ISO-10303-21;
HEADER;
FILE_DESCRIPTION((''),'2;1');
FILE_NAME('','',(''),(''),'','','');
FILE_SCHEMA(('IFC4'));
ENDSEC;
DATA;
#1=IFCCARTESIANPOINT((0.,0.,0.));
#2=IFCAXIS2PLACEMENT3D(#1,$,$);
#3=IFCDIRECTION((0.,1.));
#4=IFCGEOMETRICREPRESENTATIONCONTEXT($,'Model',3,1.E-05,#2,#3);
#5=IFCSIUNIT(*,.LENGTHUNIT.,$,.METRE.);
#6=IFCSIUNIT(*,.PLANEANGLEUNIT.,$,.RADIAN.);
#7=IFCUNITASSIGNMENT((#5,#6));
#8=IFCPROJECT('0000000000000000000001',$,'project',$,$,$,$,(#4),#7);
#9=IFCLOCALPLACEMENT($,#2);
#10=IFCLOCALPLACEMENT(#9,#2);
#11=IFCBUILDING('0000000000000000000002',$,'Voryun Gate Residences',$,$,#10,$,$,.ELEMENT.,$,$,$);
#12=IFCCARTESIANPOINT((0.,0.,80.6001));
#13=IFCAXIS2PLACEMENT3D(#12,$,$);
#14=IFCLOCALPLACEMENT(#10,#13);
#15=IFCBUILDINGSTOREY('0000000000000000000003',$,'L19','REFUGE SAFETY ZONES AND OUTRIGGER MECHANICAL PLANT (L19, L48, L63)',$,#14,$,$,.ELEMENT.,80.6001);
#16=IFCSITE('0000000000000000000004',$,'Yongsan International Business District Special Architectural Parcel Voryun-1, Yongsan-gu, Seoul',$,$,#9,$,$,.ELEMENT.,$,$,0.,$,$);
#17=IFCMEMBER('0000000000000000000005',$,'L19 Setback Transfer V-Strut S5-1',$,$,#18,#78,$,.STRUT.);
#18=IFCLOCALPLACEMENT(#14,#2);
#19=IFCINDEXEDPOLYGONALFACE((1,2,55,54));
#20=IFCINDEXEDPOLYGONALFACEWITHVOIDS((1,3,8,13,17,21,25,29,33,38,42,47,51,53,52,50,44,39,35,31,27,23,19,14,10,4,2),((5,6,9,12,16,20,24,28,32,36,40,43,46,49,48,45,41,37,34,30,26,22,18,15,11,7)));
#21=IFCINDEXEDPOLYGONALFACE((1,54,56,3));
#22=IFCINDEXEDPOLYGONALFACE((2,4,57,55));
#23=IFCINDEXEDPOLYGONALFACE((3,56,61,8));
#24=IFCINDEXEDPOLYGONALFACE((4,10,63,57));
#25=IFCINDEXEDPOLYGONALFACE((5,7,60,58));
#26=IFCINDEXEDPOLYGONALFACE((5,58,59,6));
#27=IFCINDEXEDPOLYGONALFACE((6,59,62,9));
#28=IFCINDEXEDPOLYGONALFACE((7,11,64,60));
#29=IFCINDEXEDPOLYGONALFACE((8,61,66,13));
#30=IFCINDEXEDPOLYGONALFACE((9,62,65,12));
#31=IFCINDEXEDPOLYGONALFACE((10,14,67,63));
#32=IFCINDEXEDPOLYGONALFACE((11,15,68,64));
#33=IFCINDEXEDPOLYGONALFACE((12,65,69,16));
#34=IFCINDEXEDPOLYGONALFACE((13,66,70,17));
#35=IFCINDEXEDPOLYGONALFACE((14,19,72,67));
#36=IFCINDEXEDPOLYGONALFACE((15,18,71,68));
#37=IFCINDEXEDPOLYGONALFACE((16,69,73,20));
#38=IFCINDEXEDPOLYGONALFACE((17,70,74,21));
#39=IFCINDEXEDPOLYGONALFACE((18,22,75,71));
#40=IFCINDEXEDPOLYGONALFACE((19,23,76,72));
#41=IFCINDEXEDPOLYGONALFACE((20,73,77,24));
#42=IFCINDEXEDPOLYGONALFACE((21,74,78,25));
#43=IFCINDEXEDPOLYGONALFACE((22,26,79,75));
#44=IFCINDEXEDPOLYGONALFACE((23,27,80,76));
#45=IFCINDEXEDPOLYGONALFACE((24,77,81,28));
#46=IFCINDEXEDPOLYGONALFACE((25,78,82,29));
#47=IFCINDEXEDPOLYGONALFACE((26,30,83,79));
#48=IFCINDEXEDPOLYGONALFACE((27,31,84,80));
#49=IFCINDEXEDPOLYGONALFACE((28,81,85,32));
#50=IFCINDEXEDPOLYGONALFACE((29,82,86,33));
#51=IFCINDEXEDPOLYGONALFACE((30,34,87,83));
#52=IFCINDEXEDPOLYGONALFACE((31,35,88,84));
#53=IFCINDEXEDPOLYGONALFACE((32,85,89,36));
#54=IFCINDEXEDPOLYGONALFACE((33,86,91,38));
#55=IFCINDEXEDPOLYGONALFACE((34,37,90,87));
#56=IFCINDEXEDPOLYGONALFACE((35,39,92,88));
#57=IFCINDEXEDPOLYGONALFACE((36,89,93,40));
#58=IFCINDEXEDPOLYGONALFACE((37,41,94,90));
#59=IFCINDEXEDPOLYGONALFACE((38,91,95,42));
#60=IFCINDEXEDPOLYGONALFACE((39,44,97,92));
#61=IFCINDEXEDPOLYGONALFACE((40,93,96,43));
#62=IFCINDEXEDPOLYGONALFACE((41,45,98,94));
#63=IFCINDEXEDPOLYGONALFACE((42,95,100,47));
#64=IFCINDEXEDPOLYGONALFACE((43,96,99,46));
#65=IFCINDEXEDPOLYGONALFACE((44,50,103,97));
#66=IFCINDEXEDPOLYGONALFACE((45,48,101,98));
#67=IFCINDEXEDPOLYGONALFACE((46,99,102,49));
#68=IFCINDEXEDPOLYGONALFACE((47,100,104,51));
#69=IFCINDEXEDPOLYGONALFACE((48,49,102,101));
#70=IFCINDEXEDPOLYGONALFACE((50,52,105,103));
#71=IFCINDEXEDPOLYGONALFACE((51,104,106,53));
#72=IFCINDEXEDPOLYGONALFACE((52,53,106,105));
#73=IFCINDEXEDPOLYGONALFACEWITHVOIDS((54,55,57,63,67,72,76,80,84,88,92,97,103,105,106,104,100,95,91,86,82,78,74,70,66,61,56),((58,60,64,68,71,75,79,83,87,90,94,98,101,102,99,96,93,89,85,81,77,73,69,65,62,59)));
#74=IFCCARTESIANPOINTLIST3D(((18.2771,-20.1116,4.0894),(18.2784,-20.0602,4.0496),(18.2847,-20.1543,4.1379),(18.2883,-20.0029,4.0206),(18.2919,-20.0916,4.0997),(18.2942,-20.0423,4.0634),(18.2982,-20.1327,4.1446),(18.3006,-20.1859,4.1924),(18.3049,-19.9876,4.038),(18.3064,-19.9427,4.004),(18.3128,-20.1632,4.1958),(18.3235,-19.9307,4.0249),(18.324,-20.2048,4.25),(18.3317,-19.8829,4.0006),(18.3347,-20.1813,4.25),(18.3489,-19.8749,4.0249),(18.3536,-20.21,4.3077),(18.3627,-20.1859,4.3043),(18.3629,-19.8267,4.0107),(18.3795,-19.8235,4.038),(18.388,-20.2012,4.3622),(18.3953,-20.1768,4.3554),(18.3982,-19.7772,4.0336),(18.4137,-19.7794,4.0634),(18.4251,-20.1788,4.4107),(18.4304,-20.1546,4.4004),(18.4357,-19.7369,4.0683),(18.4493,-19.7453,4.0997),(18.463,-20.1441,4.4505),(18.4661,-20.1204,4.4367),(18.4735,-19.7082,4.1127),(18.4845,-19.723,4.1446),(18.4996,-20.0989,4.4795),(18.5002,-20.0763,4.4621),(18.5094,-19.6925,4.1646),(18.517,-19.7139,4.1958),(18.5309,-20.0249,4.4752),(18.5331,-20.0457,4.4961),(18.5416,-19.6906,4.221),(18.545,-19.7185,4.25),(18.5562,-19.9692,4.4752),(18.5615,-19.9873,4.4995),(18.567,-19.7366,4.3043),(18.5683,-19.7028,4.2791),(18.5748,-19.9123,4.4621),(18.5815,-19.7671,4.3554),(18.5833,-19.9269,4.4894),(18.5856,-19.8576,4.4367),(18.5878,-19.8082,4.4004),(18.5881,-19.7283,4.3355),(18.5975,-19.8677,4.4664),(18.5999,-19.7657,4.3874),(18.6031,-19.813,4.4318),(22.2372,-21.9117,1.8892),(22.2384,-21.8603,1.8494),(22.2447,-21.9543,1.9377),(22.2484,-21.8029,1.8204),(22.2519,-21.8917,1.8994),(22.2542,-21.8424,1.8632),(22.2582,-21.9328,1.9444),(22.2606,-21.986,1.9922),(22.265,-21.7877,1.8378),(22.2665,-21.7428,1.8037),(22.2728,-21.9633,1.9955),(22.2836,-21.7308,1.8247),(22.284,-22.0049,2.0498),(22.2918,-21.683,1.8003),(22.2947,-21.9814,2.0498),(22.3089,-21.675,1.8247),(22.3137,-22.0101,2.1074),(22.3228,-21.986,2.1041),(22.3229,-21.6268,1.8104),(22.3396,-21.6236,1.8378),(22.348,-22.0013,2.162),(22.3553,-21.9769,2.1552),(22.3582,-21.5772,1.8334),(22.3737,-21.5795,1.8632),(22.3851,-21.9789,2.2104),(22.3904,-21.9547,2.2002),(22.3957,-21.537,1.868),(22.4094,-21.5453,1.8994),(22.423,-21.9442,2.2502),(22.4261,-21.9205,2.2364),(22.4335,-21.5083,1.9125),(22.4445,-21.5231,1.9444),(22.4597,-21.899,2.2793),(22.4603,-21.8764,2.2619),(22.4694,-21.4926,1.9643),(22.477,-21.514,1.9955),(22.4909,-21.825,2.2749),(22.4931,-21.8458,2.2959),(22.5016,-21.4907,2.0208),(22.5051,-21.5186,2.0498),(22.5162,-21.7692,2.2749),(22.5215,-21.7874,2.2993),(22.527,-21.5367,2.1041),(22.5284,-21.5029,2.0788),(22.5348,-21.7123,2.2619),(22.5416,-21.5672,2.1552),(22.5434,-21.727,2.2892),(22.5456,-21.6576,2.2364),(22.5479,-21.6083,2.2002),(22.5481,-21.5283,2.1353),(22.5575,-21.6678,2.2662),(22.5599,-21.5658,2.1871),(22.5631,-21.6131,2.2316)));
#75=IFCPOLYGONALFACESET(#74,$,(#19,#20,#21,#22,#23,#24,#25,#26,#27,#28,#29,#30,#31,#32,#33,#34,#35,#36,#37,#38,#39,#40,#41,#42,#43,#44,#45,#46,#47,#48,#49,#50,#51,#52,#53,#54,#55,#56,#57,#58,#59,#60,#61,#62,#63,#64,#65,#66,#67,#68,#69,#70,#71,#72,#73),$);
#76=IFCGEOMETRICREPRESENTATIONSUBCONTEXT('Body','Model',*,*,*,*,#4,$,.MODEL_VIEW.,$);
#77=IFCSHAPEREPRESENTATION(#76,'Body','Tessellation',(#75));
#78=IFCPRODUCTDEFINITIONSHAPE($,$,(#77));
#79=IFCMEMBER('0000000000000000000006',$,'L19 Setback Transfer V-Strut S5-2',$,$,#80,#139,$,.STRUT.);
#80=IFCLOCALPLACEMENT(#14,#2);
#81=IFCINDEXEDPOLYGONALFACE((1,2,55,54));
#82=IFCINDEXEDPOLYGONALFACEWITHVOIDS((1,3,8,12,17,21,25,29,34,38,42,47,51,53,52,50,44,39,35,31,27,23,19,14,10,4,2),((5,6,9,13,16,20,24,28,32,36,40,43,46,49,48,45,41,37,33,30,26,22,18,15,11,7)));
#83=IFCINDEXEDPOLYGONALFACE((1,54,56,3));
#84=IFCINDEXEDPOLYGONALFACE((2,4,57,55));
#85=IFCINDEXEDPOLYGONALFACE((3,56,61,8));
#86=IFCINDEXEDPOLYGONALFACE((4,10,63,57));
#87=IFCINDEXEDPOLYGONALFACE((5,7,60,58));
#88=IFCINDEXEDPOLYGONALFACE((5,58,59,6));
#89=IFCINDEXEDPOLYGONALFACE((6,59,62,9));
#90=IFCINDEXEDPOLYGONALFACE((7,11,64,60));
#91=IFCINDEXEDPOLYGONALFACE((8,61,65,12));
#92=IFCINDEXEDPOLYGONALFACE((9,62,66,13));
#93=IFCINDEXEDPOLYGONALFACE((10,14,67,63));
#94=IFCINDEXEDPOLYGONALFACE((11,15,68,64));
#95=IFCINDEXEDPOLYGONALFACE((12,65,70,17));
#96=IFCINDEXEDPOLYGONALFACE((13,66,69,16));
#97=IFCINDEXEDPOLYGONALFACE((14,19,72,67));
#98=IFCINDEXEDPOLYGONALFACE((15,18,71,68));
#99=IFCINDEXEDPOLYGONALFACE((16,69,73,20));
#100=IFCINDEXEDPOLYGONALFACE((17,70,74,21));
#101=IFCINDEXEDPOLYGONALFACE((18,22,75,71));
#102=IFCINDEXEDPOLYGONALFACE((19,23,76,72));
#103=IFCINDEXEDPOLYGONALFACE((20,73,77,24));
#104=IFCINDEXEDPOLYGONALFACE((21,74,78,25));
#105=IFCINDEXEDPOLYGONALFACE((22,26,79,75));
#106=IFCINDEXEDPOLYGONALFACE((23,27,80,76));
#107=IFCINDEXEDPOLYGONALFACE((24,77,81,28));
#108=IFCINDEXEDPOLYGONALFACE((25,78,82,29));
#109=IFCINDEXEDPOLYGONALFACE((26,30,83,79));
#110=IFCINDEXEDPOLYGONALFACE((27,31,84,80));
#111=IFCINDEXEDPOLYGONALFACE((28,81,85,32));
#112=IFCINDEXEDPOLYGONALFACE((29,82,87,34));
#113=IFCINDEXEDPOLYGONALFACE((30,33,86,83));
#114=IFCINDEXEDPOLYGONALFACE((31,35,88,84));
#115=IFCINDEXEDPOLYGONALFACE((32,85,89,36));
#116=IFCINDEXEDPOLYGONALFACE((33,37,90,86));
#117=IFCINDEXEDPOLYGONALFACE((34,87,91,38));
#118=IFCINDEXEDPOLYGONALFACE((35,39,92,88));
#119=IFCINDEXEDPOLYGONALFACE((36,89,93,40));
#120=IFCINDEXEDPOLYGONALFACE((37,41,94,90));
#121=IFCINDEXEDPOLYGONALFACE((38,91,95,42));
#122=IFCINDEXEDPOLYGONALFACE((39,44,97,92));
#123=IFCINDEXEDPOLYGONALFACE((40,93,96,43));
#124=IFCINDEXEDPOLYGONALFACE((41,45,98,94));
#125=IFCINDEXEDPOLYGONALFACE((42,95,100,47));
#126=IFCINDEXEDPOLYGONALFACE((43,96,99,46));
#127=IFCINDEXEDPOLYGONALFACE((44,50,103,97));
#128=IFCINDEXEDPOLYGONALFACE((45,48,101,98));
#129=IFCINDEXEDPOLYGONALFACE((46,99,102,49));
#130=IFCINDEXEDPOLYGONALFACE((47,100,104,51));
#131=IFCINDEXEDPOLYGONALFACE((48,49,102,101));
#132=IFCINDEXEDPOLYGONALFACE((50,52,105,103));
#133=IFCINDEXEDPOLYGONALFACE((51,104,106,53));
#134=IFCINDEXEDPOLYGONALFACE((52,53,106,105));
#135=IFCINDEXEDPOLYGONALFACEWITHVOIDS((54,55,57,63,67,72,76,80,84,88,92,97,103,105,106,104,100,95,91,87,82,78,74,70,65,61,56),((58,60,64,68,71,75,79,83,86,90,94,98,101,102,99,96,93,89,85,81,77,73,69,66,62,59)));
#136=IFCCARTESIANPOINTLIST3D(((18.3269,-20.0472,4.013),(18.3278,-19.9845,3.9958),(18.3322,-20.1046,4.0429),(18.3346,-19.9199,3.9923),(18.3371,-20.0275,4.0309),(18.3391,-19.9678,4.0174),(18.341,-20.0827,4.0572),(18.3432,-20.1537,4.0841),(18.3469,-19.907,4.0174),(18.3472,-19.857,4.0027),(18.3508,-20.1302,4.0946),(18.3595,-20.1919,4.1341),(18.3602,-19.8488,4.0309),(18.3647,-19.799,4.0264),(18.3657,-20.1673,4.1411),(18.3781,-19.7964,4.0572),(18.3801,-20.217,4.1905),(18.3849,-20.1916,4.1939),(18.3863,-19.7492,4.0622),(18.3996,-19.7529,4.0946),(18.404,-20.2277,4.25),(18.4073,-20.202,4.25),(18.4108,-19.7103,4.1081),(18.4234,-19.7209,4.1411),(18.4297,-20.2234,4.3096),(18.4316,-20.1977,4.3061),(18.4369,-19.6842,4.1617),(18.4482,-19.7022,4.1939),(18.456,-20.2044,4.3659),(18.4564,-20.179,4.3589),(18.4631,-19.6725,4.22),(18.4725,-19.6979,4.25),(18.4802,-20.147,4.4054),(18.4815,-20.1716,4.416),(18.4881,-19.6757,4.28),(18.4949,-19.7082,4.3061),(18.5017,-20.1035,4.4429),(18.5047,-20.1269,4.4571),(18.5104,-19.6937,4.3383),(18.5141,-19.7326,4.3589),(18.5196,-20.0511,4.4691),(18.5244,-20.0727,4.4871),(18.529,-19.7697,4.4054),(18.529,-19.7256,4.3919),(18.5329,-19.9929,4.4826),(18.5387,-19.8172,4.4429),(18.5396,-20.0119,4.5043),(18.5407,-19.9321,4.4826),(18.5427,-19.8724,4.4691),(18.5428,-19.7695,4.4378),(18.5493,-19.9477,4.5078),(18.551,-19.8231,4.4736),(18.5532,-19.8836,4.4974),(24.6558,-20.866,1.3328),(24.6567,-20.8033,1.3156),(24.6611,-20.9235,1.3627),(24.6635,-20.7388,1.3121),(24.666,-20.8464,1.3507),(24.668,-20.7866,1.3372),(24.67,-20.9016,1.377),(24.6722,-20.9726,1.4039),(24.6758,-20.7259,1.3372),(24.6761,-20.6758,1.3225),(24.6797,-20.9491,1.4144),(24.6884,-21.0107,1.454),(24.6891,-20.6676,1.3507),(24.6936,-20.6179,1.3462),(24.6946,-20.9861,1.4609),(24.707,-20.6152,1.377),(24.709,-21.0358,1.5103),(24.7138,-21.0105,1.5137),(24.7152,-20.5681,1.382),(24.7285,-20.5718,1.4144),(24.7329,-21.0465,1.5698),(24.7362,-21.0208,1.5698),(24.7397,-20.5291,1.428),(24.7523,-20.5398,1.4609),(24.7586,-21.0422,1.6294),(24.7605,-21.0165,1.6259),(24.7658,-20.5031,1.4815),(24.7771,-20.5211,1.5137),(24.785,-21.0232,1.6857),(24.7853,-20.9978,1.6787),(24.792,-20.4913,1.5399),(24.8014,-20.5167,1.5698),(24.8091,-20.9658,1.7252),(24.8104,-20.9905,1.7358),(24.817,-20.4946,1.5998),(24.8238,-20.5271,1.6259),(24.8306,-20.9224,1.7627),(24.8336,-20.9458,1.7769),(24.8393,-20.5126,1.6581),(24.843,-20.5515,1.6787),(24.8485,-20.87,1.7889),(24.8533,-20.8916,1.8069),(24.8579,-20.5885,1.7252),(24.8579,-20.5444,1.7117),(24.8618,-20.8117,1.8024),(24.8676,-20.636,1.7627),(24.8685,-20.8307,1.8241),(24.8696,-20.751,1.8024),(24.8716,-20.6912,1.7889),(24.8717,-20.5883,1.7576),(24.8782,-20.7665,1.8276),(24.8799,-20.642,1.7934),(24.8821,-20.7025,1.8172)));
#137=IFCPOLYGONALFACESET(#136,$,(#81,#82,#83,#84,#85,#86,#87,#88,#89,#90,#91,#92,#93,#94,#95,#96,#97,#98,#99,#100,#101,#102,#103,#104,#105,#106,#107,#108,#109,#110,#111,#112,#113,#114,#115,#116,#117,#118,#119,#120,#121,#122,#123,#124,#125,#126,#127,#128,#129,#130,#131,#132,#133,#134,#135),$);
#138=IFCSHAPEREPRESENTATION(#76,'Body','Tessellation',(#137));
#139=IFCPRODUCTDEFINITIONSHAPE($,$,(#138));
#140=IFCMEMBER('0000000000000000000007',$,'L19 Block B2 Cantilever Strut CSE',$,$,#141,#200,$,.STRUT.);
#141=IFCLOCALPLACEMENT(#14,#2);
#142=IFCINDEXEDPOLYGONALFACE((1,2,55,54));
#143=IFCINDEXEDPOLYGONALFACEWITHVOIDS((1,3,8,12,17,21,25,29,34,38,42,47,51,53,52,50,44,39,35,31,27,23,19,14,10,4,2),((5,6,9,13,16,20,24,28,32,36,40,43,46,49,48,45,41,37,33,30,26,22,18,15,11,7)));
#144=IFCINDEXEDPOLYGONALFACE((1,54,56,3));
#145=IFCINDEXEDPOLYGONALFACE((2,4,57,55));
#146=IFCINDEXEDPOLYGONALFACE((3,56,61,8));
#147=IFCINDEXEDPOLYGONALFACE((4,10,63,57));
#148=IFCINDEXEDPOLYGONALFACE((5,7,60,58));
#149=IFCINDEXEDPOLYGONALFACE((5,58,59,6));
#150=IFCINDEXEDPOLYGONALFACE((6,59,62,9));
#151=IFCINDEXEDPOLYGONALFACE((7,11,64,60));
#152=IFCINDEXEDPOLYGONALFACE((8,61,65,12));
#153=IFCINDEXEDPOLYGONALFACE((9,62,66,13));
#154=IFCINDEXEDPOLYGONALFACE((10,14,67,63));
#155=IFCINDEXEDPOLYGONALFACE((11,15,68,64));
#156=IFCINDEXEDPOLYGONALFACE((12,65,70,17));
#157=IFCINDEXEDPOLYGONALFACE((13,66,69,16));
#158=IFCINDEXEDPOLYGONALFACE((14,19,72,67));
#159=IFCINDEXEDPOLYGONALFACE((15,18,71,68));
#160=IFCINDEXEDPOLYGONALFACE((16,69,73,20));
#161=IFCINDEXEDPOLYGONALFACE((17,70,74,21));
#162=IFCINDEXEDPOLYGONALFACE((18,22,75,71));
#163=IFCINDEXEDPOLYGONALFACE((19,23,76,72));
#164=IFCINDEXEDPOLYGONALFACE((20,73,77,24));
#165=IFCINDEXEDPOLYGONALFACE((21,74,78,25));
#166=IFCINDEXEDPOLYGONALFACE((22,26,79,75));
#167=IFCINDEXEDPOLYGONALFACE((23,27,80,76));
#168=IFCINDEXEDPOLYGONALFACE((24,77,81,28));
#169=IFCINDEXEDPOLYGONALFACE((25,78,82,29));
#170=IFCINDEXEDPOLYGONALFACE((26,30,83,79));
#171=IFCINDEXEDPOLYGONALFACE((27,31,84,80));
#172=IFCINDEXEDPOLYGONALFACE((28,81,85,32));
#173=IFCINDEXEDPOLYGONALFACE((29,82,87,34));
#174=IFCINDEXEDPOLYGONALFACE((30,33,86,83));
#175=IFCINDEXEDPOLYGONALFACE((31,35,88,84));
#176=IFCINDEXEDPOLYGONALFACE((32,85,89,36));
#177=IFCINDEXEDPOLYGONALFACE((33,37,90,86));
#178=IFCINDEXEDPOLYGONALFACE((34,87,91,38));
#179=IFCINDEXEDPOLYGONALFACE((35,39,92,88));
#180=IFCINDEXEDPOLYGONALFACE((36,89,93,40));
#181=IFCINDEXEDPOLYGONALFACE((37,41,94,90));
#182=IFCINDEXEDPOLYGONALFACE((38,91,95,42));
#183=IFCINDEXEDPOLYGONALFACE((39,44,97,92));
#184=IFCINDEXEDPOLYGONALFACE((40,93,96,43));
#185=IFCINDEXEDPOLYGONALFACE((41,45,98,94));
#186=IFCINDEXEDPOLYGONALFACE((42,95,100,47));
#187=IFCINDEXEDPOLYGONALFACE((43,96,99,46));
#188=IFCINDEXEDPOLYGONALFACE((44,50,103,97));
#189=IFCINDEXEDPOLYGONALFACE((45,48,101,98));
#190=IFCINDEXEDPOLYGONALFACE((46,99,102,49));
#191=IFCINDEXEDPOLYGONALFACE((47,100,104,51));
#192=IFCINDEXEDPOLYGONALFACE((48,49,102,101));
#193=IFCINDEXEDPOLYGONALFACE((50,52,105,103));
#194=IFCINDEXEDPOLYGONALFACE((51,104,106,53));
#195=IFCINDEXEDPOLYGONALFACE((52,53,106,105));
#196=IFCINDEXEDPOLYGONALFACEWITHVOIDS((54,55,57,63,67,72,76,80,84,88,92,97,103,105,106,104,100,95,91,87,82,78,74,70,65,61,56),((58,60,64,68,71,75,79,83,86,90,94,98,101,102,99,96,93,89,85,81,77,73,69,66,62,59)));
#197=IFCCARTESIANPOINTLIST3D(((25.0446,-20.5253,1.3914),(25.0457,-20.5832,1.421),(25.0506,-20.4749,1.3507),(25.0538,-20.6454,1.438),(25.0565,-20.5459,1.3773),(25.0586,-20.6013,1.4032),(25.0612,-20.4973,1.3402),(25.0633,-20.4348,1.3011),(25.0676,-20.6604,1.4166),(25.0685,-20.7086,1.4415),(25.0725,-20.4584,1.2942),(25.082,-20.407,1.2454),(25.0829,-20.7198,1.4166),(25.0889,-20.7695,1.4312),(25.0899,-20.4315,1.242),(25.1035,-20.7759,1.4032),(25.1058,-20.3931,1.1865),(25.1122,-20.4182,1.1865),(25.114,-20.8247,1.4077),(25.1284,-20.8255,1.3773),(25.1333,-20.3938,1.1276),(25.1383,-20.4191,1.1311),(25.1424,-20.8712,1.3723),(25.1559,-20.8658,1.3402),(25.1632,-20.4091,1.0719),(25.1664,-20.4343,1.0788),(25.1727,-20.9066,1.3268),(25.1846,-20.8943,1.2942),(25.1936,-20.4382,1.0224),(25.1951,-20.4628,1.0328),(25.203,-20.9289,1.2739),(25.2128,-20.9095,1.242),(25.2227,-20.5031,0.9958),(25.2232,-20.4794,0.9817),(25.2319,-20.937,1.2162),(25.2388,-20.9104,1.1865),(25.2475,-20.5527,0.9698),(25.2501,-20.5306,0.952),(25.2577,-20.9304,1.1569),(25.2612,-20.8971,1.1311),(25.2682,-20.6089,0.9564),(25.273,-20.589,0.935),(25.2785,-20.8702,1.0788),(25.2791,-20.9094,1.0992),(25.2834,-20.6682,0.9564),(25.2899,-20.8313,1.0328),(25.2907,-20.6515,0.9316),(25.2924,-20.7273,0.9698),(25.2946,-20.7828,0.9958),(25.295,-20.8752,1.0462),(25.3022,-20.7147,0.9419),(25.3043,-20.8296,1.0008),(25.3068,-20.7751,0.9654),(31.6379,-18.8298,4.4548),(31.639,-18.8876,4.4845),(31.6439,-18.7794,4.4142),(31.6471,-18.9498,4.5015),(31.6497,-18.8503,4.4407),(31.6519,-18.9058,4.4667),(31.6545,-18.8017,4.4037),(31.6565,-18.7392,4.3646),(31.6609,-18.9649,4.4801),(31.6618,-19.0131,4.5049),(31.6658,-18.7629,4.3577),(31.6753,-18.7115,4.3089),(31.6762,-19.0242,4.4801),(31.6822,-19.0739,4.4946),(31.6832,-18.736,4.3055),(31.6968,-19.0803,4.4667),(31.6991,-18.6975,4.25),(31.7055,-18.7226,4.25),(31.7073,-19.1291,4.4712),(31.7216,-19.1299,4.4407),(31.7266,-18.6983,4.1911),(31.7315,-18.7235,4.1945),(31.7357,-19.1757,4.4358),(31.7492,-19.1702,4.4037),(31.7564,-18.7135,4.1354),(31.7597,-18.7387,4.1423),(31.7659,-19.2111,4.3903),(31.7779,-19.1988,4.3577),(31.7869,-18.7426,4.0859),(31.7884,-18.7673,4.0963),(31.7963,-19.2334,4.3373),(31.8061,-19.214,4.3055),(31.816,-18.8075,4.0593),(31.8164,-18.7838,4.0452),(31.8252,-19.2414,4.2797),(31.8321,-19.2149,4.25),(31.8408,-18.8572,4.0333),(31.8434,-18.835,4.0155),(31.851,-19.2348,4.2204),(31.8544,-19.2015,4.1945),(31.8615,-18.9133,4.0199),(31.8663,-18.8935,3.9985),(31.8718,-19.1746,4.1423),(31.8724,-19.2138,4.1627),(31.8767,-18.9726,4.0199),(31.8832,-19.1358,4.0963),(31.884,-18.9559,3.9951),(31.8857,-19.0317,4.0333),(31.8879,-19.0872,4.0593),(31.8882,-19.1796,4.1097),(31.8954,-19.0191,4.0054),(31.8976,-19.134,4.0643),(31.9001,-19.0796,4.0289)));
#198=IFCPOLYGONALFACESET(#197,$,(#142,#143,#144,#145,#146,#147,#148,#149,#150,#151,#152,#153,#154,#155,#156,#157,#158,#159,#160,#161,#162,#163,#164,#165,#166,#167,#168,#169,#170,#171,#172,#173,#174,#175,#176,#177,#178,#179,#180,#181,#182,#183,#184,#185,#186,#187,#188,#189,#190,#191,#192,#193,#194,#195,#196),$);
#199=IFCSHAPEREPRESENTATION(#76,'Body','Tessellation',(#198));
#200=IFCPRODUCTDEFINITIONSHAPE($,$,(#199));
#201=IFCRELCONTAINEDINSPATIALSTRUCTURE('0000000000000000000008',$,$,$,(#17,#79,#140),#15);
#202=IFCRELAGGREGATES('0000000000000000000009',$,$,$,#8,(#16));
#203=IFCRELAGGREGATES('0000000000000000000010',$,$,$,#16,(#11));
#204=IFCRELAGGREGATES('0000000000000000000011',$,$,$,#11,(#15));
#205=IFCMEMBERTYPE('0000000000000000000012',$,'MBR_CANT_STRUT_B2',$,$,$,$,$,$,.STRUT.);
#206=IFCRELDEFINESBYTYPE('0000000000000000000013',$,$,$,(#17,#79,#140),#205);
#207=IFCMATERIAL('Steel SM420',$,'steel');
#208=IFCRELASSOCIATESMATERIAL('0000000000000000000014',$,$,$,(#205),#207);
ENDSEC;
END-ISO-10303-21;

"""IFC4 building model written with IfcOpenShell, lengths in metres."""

from ifc_helpers import new_model, si_unit, direction, frame, origin, origin_2d, place, context, subcontext, project, spatial, hollow_circle, extrude, material, material_profile, profile_set, type_object, element, save


model = new_model("IFC4")

# Units and contexts
model_context = context("Model", 3, precision=1e-05, world=origin(), true_north=direction((0.0, 1.0)))
body_context = subcontext(model_context, "Body", "Model", "MODEL_VIEW")
ifc_project = project(units=[si_unit("LENGTHUNIT", "METRE"), si_unit("PLANEANGLEUNIT", "RADIAN")], contexts=[model_context])

# Site, building, storey
site_placement = place(None, origin())
site = spatial("IfcSite", under=ifc_project, at=site_placement, Name="Yongsan International Business District Special Architectural Parcel Voryun-1, Yongsan-gu, Seoul", CompositionType="ELEMENT", RefElevation=0.0)
building_placement = place(site_placement, origin())
building = spatial("IfcBuilding", under=site, at=building_placement, Name="Voryun Gate Residences", CompositionType="ELEMENT")
storey_placement = place(building_placement, frame((0.0, 0.0, 80.6001)))
storey = spatial("IfcBuildingStorey", under=building, at=storey_placement, Name="L19", Description="REFUGE SAFETY ZONES AND OUTRIGGER MECHANICAL PLANT (L19, L48, L63)", CompositionType="ELEMENT", Elevation=80.6001)

# Members
ifc_material_1 = material(Name="Steel SM420", Category="steel")
ifc_material_profile_1 = material_profile(ifc_material_1, hollow_circle(Radius=0.28, WallThickness=0.0259, at=origin_2d()), Name="CHS-560x26")
ifc_profile_set_1 = profile_set([ifc_material_profile_1], Name="Steel SM420")
member_type = type_object("IfcMemberType", Name="MBR_CANT_STRUT_B2", PredefinedType="STRUT", material=ifc_profile_set_1)
member_1_placement = place(storey_placement, frame((22.3999, -21.75, 2.0498), z_axis=(-0.812356, 0.369266, 0.451353), x_axis=(-0.413816, -0.910361, 0.0)))
element("IfcMember", 1, at=member_1_placement, inside=storey, type_object=member_type, Name="L19 Setback Transfer V-Strut S5-1", PredefinedType="STRUT", context=body_context, shape_type="SweptSolid", body=[
    extrude(hollow_circle(Radius=0.28, WallThickness=0.0259, at=origin_2d()), origin(), (0.0, 0.0, 1.0), 4.8748),
])
member_2_placement = place(storey_placement, frame((24.7688, -20.7688, 1.5698), z_axis=(-0.914366, 0.118304, 0.38722), x_axis=(-0.128314, -0.991734, 0.0)))
element("IfcMember", 2, at=member_2_placement, inside=storey, type_object=member_type, Name="L19 Setback Transfer V-Strut S5-2", PredefinedType="STRUT", context=body_context, shape_type="SweptSolid", body=[
    extrude(hollow_circle(Radius=0.28, WallThickness=0.0259, at=origin_2d()), origin(), (0.0, 0.0, 1.0), 6.9216),
])
member_3_placement = place(storey_placement, frame((25.1755, -20.6643, 1.1865), z_axis=(0.883186, 0.227125, 0.410361), x_axis=(-0.249061, 0.968488, 0.0)))
element("IfcMember", 3, at=member_3_placement, inside=storey, type_object=member_type, Name="L19 Block B2 Cantilever Strut CSE", PredefinedType="STRUT", context=body_context, shape_type="SweptSolid", body=[
    extrude(hollow_circle(Radius=0.28, WallThickness=0.0259, at=origin_2d()), origin(), (0.0, 0.0, 1.0), 7.4653),
])

save(model, "model.ifc")
